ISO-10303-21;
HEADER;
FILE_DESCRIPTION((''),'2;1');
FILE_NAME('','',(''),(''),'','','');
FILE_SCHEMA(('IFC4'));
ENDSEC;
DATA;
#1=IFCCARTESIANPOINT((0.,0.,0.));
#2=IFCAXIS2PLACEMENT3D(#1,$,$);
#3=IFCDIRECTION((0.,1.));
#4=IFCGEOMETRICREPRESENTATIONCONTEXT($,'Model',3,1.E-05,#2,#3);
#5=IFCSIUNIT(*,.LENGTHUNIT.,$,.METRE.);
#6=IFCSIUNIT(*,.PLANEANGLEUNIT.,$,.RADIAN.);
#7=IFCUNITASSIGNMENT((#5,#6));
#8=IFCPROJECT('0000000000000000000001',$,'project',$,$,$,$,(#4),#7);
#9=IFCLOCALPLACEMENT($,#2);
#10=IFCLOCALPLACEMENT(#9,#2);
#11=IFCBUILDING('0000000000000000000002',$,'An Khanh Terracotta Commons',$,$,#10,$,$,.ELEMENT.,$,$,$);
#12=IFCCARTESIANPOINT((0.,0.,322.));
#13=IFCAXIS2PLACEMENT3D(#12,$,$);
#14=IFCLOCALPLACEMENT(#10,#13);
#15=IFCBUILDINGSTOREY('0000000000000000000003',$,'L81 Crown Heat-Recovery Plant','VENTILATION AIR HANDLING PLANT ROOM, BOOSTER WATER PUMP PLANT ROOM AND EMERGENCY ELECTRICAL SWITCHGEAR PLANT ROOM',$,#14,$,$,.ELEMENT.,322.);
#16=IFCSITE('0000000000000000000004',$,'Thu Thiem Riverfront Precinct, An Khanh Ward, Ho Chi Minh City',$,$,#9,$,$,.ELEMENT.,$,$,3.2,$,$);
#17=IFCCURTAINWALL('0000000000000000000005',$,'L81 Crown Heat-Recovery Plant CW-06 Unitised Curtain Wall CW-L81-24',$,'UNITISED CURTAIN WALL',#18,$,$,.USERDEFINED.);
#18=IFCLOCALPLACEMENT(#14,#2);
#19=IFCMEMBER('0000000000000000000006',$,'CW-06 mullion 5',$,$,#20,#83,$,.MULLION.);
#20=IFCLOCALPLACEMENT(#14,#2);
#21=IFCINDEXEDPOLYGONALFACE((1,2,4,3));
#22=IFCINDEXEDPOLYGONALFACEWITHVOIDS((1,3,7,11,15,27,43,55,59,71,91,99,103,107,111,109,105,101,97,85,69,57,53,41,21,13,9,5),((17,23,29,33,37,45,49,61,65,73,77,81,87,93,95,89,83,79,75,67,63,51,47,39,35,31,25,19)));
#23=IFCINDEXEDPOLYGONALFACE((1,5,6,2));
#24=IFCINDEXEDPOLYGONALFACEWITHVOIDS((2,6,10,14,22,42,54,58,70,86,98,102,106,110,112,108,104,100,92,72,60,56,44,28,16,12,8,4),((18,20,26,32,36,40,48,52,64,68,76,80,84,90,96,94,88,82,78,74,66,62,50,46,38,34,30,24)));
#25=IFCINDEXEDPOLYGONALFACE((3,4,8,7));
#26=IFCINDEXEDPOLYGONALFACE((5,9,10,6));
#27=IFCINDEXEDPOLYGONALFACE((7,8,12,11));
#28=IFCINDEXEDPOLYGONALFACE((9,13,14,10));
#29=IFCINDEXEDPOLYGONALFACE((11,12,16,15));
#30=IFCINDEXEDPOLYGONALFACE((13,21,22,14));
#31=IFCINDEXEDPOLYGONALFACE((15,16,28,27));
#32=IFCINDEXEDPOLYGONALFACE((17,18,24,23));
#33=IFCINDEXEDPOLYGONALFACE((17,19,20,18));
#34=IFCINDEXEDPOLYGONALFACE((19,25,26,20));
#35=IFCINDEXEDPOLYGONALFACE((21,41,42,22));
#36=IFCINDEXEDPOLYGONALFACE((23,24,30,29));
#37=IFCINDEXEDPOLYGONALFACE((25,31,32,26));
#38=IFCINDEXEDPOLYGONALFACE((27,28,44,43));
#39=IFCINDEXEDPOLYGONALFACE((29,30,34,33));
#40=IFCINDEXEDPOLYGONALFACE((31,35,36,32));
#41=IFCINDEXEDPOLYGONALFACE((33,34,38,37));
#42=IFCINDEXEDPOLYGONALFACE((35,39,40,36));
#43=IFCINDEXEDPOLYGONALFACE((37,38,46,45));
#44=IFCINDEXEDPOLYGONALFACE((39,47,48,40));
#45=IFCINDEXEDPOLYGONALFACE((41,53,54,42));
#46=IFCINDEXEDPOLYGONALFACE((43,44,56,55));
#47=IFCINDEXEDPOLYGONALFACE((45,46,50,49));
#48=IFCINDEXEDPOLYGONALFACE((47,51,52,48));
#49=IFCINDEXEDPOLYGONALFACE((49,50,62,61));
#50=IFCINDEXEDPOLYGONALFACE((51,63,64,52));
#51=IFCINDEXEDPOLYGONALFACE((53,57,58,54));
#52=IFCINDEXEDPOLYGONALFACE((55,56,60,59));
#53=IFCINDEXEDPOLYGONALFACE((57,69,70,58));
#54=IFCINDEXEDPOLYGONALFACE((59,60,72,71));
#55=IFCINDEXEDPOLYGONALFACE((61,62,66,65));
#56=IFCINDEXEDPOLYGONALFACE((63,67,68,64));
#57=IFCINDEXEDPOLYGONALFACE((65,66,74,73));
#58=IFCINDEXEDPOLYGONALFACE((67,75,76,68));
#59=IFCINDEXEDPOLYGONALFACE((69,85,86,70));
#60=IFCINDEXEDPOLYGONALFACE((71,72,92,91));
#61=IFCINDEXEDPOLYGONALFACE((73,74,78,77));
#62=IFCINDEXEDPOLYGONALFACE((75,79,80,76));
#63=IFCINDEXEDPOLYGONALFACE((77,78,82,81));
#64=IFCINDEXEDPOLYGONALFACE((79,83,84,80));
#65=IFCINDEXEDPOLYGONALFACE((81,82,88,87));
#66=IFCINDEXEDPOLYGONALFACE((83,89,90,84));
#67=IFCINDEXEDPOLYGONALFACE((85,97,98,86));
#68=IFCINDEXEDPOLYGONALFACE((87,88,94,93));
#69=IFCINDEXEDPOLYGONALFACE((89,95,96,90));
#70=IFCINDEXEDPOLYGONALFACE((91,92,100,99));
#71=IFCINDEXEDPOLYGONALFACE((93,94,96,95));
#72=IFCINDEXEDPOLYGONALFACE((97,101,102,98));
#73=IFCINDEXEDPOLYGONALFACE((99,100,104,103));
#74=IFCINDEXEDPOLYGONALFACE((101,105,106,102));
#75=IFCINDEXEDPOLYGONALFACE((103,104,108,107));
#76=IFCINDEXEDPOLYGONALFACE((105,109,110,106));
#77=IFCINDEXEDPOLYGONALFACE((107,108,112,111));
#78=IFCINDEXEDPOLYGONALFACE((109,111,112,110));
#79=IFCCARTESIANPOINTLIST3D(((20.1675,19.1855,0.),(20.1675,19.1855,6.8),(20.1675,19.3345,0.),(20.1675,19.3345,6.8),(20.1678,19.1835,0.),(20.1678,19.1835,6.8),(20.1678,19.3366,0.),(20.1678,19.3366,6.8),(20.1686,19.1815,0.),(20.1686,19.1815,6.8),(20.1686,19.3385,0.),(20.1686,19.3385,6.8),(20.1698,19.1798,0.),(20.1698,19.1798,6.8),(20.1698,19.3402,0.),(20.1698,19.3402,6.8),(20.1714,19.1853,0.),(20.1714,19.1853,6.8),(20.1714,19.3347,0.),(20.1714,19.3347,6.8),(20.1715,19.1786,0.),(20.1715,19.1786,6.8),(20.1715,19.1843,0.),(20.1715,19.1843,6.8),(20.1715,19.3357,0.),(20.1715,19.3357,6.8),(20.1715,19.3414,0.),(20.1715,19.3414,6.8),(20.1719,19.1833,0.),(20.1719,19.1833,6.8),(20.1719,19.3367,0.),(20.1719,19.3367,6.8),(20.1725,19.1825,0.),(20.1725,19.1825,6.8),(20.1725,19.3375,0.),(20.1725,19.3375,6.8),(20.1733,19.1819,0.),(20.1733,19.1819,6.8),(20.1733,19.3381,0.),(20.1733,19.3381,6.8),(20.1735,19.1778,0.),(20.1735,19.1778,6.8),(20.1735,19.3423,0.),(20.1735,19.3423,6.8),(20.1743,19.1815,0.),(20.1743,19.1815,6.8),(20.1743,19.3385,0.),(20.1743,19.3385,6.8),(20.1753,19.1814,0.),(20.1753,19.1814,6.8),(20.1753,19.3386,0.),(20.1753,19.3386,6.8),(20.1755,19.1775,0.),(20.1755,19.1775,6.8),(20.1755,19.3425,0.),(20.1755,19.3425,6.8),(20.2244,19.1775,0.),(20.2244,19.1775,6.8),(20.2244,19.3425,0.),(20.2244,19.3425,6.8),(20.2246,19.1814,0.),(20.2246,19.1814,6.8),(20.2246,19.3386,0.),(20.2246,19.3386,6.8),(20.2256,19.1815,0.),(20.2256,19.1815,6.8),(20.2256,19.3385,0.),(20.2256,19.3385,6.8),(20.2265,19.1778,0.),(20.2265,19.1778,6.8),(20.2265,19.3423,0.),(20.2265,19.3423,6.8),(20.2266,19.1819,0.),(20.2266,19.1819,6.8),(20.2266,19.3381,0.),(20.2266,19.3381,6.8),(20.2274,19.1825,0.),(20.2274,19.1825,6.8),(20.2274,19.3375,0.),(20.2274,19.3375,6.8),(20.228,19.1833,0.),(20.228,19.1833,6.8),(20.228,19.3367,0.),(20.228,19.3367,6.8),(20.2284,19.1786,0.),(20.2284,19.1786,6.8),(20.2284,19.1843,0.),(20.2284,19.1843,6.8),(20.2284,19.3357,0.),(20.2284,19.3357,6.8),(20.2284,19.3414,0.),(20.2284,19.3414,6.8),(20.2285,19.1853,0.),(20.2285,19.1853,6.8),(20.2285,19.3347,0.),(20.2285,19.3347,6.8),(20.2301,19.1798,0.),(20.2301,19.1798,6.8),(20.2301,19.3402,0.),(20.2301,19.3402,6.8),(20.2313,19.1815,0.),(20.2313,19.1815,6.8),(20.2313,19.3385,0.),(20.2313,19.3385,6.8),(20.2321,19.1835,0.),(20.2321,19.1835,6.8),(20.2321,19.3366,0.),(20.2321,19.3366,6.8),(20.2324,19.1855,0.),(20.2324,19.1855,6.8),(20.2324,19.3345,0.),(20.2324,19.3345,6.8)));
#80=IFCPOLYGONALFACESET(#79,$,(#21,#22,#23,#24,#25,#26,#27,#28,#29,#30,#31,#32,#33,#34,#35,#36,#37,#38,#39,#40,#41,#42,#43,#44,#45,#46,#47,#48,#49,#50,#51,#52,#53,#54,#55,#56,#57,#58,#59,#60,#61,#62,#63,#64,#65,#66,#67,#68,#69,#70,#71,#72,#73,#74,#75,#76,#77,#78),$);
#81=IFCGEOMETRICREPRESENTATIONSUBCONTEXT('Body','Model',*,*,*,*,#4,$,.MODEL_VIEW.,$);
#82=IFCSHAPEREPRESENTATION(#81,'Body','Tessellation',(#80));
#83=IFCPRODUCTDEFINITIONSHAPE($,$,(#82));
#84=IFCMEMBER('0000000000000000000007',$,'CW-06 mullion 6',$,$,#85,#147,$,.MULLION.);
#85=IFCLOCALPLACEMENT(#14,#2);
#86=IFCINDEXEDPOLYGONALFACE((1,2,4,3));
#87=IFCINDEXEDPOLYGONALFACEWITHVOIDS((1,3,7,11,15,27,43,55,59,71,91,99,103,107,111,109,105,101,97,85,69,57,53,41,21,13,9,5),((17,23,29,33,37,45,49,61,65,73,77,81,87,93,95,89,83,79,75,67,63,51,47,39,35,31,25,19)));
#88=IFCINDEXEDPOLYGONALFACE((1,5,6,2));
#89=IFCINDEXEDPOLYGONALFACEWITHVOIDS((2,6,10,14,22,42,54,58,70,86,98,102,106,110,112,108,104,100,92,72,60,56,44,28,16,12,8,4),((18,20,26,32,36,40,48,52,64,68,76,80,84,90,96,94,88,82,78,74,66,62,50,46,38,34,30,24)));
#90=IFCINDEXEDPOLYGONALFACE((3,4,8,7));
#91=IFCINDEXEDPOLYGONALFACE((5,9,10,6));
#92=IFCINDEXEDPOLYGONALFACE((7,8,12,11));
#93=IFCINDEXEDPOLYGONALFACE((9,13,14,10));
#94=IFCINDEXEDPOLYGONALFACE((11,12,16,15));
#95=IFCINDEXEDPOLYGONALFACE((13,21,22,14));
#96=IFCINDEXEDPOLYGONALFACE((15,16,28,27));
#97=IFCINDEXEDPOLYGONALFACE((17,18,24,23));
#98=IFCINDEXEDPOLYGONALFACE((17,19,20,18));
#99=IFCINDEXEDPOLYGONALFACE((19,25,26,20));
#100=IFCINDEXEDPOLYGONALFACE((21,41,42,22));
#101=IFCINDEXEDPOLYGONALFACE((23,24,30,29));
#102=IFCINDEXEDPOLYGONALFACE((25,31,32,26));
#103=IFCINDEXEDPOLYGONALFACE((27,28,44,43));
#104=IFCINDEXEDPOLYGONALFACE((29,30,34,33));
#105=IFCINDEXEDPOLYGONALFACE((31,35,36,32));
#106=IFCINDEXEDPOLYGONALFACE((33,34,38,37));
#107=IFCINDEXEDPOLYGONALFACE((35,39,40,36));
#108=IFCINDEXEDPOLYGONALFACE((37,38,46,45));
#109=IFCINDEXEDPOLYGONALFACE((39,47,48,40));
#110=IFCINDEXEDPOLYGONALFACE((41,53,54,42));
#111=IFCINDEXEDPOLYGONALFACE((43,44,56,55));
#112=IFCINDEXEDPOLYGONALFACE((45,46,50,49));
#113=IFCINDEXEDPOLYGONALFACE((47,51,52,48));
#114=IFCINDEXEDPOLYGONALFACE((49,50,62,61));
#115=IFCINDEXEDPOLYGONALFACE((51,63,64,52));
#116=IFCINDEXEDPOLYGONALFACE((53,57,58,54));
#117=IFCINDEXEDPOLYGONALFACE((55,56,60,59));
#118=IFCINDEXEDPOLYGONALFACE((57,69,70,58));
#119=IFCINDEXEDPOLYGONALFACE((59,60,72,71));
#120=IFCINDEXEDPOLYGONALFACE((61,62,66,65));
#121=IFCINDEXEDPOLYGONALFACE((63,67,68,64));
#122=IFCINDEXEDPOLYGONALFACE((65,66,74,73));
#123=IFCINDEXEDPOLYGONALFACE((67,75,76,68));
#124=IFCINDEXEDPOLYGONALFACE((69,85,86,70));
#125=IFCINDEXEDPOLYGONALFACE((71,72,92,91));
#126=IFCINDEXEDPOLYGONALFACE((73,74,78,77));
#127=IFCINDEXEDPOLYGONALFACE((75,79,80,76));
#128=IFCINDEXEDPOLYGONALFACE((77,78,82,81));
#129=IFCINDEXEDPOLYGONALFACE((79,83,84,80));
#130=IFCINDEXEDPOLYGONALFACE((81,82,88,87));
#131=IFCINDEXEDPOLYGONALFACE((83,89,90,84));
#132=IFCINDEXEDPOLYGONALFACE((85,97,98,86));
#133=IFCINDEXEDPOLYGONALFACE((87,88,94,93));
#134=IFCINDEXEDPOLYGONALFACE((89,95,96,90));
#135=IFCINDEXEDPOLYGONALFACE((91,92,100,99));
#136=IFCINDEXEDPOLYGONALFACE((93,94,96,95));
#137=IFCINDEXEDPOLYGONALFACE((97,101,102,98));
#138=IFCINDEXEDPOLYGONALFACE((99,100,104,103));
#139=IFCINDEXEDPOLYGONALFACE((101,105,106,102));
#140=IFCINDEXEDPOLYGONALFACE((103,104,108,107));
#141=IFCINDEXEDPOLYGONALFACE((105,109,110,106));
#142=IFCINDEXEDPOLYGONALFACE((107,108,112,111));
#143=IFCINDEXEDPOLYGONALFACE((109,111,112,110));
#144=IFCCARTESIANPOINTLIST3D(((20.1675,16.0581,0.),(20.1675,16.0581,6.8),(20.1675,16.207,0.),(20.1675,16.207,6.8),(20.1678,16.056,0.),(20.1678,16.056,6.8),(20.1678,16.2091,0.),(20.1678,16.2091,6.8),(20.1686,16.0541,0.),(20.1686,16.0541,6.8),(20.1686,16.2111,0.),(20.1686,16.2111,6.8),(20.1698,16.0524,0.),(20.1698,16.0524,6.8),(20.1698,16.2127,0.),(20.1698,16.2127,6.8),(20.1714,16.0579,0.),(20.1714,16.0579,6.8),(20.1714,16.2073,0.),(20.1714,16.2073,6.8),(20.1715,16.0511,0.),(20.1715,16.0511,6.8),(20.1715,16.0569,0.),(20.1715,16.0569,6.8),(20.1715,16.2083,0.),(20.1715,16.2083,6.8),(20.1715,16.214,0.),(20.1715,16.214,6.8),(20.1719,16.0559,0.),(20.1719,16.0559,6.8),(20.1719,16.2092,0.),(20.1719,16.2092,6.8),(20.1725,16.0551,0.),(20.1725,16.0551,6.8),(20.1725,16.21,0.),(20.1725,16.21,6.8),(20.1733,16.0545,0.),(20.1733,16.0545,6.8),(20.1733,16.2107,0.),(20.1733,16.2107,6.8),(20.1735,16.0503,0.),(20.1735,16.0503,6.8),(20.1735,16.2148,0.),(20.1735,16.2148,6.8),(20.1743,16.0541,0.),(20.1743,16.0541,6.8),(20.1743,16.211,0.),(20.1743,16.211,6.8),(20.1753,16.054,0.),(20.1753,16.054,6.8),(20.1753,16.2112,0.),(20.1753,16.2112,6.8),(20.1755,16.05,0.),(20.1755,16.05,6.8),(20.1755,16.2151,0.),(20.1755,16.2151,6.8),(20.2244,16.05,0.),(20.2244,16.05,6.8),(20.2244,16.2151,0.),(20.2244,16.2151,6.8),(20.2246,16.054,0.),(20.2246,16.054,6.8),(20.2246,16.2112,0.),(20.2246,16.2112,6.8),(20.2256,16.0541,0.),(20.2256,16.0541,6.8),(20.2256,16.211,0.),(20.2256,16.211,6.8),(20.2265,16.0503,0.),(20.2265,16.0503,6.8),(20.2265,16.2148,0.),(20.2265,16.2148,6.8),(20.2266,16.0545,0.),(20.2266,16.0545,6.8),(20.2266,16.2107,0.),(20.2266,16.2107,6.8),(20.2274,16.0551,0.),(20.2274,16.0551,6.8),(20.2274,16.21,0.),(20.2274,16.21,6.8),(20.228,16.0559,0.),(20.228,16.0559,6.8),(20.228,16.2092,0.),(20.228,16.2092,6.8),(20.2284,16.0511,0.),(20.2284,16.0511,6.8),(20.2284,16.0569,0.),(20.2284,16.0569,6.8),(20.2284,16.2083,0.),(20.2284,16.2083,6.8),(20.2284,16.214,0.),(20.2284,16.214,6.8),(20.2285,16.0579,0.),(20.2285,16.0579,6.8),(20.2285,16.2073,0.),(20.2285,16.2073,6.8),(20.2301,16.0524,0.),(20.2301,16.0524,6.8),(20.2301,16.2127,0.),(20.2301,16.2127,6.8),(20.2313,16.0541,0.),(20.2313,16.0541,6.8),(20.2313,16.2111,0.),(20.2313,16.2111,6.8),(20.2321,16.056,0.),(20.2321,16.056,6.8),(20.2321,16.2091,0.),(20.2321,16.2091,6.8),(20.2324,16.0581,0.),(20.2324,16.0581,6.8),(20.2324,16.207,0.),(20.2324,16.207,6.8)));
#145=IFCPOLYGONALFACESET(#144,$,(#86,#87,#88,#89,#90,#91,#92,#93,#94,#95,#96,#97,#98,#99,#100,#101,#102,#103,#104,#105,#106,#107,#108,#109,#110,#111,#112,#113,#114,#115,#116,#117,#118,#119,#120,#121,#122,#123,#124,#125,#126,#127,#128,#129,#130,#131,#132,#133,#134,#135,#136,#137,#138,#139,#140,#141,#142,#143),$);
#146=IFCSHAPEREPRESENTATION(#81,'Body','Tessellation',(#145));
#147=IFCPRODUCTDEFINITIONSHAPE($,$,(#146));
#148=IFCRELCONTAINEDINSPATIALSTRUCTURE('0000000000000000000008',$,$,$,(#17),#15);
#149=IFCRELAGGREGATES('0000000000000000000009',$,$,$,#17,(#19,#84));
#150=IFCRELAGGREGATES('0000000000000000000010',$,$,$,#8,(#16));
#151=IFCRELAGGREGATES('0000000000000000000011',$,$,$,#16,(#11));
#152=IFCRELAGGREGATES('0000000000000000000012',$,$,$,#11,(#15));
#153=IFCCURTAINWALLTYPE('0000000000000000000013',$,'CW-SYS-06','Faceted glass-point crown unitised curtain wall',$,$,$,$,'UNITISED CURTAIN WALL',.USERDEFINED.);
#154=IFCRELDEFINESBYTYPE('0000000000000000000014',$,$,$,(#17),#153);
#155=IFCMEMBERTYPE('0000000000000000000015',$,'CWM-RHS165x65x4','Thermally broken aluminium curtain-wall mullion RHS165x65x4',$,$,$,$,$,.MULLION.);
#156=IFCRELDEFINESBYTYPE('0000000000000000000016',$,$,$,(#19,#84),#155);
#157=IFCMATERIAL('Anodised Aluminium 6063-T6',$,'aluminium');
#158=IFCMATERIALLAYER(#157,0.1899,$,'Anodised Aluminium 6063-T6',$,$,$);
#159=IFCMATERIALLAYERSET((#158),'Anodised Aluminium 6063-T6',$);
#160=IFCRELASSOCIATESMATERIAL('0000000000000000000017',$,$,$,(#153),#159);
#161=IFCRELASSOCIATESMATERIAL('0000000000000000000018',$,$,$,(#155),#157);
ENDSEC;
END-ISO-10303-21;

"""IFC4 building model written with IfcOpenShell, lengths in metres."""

from ifc_helpers import new_model, si_unit, direction, frame, origin, origin_2d, place, context, subcontext, project, spatial, hollow_rectangle, extrude, material, layer, layer_set, material_profile, profile_set, type_object, element, aggregate, save


model = new_model("IFC4")

# Units and contexts
model_context = context("Model", 3, precision=1e-05, world=origin(), true_north=direction((0.0, 1.0)))
body_context = subcontext(model_context, "Body", "Model", "MODEL_VIEW")
ifc_project = project(units=[si_unit("LENGTHUNIT", "METRE"), si_unit("PLANEANGLEUNIT", "RADIAN")], contexts=[model_context])

# Site, building, storey
site_placement = place(None, origin())
site = spatial("IfcSite", under=ifc_project, at=site_placement, Name="Thu Thiem Riverfront Precinct, An Khanh Ward, Ho Chi Minh City", CompositionType="ELEMENT", RefElevation=3.2)
building_placement = place(site_placement, origin())
building = spatial("IfcBuilding", under=site, at=building_placement, Name="An Khanh Terracotta Commons", CompositionType="ELEMENT")
storey_placement = place(building_placement, frame((0.0, 0.0, 322.0)))
storey = spatial("IfcBuildingStorey", under=building, at=storey_placement, Name="L81 Crown Heat-Recovery Plant", Description="VENTILATION AIR HANDLING PLANT ROOM, BOOSTER WATER PUMP PLANT ROOM AND EMERGENCY ELECTRICAL SWITCHGEAR PLANT ROOM", CompositionType="ELEMENT", Elevation=322.0)

# Shared definitions
ifc_material_1 = material(Name="Anodised Aluminium 6063-T6", Category="aluminium")
ifc_layer_1 = layer(ifc_material_1, 0.1899, Name="Anodised Aluminium 6063-T6")
ifc_layer_set_1 = layer_set([ifc_layer_1], Name="Anodised Aluminium 6063-T6")
curtain_wall_type = type_object("IfcCurtainWallType", Name="CW-SYS-06", Description="Faceted glass-point crown unitised curtain wall", ElementType="UNITISED CURTAIN WALL", PredefinedType="USERDEFINED", material=ifc_layer_set_1)
ifc_material_profile_1 = material_profile(ifc_material_1, hollow_rectangle(XDim=0.0649, YDim=0.165, WallThickness=0.0039, InnerFilletRadius=0.0039, OuterFilletRadius=0.0081, at=origin_2d()), Name="RHS165x65x4")
ifc_profile_set_1 = profile_set([ifc_material_profile_1], Name="Anodised Aluminium 6063-T6")
member_type_1 = type_object("IfcMemberType", Name="CWM-RHS165x65x4", Description="Thermally broken aluminium curtain-wall mullion RHS165x65x4", PredefinedType="MULLION", material=ifc_profile_set_1)

# Curtain wall, members
curtain_wall_1_placement = place(storey_placement, origin())
curtain_wall_1 = element("IfcCurtainWall", 1, at=curtain_wall_1_placement, inside=storey, type_object=curtain_wall_type, Name="L81 Crown Heat-Recovery Plant CW-06 Unitised Curtain Wall CW-L81-24", ObjectType="UNITISED CURTAIN WALL", PredefinedType="USERDEFINED")
member_1_placement = place(storey_placement, frame((20.2, 19.26, 0.0), z_axis=(0.0, 0.0, 1.0), x_axis=(1.0, 0.0, 0.0)))
member_1 = element("IfcMember", 2, at=member_1_placement, type_object=member_type_1, Name="CW-06 mullion 5", PredefinedType="MULLION", context=body_context, shape_type="SweptSolid", body=[
    extrude(hollow_rectangle(XDim=0.0649, YDim=0.165, WallThickness=0.0039, InnerFilletRadius=0.0039, OuterFilletRadius=0.0081, at=origin_2d()), origin(), (0.0, 0.0, 1.0), 6.8),
])
member_2_placement = place(storey_placement, frame((20.2, 16.1326, 0.0), z_axis=(0.0, 0.0, 1.0), x_axis=(1.0, 0.0, 0.0)))
member_2 = element("IfcMember", 3, at=member_2_placement, type_object=member_type_1, Name="CW-06 mullion 6", PredefinedType="MULLION", context=body_context, shape_type="SweptSolid", body=[
    extrude(hollow_rectangle(XDim=0.0649, YDim=0.165, WallThickness=0.0039, InnerFilletRadius=0.0039, OuterFilletRadius=0.0081, at=origin_2d()), origin(), (0.0, 0.0, 1.0), 6.8),
])

aggregate(curtain_wall_1, [member_1, member_2])

save(model, "model.ifc")
